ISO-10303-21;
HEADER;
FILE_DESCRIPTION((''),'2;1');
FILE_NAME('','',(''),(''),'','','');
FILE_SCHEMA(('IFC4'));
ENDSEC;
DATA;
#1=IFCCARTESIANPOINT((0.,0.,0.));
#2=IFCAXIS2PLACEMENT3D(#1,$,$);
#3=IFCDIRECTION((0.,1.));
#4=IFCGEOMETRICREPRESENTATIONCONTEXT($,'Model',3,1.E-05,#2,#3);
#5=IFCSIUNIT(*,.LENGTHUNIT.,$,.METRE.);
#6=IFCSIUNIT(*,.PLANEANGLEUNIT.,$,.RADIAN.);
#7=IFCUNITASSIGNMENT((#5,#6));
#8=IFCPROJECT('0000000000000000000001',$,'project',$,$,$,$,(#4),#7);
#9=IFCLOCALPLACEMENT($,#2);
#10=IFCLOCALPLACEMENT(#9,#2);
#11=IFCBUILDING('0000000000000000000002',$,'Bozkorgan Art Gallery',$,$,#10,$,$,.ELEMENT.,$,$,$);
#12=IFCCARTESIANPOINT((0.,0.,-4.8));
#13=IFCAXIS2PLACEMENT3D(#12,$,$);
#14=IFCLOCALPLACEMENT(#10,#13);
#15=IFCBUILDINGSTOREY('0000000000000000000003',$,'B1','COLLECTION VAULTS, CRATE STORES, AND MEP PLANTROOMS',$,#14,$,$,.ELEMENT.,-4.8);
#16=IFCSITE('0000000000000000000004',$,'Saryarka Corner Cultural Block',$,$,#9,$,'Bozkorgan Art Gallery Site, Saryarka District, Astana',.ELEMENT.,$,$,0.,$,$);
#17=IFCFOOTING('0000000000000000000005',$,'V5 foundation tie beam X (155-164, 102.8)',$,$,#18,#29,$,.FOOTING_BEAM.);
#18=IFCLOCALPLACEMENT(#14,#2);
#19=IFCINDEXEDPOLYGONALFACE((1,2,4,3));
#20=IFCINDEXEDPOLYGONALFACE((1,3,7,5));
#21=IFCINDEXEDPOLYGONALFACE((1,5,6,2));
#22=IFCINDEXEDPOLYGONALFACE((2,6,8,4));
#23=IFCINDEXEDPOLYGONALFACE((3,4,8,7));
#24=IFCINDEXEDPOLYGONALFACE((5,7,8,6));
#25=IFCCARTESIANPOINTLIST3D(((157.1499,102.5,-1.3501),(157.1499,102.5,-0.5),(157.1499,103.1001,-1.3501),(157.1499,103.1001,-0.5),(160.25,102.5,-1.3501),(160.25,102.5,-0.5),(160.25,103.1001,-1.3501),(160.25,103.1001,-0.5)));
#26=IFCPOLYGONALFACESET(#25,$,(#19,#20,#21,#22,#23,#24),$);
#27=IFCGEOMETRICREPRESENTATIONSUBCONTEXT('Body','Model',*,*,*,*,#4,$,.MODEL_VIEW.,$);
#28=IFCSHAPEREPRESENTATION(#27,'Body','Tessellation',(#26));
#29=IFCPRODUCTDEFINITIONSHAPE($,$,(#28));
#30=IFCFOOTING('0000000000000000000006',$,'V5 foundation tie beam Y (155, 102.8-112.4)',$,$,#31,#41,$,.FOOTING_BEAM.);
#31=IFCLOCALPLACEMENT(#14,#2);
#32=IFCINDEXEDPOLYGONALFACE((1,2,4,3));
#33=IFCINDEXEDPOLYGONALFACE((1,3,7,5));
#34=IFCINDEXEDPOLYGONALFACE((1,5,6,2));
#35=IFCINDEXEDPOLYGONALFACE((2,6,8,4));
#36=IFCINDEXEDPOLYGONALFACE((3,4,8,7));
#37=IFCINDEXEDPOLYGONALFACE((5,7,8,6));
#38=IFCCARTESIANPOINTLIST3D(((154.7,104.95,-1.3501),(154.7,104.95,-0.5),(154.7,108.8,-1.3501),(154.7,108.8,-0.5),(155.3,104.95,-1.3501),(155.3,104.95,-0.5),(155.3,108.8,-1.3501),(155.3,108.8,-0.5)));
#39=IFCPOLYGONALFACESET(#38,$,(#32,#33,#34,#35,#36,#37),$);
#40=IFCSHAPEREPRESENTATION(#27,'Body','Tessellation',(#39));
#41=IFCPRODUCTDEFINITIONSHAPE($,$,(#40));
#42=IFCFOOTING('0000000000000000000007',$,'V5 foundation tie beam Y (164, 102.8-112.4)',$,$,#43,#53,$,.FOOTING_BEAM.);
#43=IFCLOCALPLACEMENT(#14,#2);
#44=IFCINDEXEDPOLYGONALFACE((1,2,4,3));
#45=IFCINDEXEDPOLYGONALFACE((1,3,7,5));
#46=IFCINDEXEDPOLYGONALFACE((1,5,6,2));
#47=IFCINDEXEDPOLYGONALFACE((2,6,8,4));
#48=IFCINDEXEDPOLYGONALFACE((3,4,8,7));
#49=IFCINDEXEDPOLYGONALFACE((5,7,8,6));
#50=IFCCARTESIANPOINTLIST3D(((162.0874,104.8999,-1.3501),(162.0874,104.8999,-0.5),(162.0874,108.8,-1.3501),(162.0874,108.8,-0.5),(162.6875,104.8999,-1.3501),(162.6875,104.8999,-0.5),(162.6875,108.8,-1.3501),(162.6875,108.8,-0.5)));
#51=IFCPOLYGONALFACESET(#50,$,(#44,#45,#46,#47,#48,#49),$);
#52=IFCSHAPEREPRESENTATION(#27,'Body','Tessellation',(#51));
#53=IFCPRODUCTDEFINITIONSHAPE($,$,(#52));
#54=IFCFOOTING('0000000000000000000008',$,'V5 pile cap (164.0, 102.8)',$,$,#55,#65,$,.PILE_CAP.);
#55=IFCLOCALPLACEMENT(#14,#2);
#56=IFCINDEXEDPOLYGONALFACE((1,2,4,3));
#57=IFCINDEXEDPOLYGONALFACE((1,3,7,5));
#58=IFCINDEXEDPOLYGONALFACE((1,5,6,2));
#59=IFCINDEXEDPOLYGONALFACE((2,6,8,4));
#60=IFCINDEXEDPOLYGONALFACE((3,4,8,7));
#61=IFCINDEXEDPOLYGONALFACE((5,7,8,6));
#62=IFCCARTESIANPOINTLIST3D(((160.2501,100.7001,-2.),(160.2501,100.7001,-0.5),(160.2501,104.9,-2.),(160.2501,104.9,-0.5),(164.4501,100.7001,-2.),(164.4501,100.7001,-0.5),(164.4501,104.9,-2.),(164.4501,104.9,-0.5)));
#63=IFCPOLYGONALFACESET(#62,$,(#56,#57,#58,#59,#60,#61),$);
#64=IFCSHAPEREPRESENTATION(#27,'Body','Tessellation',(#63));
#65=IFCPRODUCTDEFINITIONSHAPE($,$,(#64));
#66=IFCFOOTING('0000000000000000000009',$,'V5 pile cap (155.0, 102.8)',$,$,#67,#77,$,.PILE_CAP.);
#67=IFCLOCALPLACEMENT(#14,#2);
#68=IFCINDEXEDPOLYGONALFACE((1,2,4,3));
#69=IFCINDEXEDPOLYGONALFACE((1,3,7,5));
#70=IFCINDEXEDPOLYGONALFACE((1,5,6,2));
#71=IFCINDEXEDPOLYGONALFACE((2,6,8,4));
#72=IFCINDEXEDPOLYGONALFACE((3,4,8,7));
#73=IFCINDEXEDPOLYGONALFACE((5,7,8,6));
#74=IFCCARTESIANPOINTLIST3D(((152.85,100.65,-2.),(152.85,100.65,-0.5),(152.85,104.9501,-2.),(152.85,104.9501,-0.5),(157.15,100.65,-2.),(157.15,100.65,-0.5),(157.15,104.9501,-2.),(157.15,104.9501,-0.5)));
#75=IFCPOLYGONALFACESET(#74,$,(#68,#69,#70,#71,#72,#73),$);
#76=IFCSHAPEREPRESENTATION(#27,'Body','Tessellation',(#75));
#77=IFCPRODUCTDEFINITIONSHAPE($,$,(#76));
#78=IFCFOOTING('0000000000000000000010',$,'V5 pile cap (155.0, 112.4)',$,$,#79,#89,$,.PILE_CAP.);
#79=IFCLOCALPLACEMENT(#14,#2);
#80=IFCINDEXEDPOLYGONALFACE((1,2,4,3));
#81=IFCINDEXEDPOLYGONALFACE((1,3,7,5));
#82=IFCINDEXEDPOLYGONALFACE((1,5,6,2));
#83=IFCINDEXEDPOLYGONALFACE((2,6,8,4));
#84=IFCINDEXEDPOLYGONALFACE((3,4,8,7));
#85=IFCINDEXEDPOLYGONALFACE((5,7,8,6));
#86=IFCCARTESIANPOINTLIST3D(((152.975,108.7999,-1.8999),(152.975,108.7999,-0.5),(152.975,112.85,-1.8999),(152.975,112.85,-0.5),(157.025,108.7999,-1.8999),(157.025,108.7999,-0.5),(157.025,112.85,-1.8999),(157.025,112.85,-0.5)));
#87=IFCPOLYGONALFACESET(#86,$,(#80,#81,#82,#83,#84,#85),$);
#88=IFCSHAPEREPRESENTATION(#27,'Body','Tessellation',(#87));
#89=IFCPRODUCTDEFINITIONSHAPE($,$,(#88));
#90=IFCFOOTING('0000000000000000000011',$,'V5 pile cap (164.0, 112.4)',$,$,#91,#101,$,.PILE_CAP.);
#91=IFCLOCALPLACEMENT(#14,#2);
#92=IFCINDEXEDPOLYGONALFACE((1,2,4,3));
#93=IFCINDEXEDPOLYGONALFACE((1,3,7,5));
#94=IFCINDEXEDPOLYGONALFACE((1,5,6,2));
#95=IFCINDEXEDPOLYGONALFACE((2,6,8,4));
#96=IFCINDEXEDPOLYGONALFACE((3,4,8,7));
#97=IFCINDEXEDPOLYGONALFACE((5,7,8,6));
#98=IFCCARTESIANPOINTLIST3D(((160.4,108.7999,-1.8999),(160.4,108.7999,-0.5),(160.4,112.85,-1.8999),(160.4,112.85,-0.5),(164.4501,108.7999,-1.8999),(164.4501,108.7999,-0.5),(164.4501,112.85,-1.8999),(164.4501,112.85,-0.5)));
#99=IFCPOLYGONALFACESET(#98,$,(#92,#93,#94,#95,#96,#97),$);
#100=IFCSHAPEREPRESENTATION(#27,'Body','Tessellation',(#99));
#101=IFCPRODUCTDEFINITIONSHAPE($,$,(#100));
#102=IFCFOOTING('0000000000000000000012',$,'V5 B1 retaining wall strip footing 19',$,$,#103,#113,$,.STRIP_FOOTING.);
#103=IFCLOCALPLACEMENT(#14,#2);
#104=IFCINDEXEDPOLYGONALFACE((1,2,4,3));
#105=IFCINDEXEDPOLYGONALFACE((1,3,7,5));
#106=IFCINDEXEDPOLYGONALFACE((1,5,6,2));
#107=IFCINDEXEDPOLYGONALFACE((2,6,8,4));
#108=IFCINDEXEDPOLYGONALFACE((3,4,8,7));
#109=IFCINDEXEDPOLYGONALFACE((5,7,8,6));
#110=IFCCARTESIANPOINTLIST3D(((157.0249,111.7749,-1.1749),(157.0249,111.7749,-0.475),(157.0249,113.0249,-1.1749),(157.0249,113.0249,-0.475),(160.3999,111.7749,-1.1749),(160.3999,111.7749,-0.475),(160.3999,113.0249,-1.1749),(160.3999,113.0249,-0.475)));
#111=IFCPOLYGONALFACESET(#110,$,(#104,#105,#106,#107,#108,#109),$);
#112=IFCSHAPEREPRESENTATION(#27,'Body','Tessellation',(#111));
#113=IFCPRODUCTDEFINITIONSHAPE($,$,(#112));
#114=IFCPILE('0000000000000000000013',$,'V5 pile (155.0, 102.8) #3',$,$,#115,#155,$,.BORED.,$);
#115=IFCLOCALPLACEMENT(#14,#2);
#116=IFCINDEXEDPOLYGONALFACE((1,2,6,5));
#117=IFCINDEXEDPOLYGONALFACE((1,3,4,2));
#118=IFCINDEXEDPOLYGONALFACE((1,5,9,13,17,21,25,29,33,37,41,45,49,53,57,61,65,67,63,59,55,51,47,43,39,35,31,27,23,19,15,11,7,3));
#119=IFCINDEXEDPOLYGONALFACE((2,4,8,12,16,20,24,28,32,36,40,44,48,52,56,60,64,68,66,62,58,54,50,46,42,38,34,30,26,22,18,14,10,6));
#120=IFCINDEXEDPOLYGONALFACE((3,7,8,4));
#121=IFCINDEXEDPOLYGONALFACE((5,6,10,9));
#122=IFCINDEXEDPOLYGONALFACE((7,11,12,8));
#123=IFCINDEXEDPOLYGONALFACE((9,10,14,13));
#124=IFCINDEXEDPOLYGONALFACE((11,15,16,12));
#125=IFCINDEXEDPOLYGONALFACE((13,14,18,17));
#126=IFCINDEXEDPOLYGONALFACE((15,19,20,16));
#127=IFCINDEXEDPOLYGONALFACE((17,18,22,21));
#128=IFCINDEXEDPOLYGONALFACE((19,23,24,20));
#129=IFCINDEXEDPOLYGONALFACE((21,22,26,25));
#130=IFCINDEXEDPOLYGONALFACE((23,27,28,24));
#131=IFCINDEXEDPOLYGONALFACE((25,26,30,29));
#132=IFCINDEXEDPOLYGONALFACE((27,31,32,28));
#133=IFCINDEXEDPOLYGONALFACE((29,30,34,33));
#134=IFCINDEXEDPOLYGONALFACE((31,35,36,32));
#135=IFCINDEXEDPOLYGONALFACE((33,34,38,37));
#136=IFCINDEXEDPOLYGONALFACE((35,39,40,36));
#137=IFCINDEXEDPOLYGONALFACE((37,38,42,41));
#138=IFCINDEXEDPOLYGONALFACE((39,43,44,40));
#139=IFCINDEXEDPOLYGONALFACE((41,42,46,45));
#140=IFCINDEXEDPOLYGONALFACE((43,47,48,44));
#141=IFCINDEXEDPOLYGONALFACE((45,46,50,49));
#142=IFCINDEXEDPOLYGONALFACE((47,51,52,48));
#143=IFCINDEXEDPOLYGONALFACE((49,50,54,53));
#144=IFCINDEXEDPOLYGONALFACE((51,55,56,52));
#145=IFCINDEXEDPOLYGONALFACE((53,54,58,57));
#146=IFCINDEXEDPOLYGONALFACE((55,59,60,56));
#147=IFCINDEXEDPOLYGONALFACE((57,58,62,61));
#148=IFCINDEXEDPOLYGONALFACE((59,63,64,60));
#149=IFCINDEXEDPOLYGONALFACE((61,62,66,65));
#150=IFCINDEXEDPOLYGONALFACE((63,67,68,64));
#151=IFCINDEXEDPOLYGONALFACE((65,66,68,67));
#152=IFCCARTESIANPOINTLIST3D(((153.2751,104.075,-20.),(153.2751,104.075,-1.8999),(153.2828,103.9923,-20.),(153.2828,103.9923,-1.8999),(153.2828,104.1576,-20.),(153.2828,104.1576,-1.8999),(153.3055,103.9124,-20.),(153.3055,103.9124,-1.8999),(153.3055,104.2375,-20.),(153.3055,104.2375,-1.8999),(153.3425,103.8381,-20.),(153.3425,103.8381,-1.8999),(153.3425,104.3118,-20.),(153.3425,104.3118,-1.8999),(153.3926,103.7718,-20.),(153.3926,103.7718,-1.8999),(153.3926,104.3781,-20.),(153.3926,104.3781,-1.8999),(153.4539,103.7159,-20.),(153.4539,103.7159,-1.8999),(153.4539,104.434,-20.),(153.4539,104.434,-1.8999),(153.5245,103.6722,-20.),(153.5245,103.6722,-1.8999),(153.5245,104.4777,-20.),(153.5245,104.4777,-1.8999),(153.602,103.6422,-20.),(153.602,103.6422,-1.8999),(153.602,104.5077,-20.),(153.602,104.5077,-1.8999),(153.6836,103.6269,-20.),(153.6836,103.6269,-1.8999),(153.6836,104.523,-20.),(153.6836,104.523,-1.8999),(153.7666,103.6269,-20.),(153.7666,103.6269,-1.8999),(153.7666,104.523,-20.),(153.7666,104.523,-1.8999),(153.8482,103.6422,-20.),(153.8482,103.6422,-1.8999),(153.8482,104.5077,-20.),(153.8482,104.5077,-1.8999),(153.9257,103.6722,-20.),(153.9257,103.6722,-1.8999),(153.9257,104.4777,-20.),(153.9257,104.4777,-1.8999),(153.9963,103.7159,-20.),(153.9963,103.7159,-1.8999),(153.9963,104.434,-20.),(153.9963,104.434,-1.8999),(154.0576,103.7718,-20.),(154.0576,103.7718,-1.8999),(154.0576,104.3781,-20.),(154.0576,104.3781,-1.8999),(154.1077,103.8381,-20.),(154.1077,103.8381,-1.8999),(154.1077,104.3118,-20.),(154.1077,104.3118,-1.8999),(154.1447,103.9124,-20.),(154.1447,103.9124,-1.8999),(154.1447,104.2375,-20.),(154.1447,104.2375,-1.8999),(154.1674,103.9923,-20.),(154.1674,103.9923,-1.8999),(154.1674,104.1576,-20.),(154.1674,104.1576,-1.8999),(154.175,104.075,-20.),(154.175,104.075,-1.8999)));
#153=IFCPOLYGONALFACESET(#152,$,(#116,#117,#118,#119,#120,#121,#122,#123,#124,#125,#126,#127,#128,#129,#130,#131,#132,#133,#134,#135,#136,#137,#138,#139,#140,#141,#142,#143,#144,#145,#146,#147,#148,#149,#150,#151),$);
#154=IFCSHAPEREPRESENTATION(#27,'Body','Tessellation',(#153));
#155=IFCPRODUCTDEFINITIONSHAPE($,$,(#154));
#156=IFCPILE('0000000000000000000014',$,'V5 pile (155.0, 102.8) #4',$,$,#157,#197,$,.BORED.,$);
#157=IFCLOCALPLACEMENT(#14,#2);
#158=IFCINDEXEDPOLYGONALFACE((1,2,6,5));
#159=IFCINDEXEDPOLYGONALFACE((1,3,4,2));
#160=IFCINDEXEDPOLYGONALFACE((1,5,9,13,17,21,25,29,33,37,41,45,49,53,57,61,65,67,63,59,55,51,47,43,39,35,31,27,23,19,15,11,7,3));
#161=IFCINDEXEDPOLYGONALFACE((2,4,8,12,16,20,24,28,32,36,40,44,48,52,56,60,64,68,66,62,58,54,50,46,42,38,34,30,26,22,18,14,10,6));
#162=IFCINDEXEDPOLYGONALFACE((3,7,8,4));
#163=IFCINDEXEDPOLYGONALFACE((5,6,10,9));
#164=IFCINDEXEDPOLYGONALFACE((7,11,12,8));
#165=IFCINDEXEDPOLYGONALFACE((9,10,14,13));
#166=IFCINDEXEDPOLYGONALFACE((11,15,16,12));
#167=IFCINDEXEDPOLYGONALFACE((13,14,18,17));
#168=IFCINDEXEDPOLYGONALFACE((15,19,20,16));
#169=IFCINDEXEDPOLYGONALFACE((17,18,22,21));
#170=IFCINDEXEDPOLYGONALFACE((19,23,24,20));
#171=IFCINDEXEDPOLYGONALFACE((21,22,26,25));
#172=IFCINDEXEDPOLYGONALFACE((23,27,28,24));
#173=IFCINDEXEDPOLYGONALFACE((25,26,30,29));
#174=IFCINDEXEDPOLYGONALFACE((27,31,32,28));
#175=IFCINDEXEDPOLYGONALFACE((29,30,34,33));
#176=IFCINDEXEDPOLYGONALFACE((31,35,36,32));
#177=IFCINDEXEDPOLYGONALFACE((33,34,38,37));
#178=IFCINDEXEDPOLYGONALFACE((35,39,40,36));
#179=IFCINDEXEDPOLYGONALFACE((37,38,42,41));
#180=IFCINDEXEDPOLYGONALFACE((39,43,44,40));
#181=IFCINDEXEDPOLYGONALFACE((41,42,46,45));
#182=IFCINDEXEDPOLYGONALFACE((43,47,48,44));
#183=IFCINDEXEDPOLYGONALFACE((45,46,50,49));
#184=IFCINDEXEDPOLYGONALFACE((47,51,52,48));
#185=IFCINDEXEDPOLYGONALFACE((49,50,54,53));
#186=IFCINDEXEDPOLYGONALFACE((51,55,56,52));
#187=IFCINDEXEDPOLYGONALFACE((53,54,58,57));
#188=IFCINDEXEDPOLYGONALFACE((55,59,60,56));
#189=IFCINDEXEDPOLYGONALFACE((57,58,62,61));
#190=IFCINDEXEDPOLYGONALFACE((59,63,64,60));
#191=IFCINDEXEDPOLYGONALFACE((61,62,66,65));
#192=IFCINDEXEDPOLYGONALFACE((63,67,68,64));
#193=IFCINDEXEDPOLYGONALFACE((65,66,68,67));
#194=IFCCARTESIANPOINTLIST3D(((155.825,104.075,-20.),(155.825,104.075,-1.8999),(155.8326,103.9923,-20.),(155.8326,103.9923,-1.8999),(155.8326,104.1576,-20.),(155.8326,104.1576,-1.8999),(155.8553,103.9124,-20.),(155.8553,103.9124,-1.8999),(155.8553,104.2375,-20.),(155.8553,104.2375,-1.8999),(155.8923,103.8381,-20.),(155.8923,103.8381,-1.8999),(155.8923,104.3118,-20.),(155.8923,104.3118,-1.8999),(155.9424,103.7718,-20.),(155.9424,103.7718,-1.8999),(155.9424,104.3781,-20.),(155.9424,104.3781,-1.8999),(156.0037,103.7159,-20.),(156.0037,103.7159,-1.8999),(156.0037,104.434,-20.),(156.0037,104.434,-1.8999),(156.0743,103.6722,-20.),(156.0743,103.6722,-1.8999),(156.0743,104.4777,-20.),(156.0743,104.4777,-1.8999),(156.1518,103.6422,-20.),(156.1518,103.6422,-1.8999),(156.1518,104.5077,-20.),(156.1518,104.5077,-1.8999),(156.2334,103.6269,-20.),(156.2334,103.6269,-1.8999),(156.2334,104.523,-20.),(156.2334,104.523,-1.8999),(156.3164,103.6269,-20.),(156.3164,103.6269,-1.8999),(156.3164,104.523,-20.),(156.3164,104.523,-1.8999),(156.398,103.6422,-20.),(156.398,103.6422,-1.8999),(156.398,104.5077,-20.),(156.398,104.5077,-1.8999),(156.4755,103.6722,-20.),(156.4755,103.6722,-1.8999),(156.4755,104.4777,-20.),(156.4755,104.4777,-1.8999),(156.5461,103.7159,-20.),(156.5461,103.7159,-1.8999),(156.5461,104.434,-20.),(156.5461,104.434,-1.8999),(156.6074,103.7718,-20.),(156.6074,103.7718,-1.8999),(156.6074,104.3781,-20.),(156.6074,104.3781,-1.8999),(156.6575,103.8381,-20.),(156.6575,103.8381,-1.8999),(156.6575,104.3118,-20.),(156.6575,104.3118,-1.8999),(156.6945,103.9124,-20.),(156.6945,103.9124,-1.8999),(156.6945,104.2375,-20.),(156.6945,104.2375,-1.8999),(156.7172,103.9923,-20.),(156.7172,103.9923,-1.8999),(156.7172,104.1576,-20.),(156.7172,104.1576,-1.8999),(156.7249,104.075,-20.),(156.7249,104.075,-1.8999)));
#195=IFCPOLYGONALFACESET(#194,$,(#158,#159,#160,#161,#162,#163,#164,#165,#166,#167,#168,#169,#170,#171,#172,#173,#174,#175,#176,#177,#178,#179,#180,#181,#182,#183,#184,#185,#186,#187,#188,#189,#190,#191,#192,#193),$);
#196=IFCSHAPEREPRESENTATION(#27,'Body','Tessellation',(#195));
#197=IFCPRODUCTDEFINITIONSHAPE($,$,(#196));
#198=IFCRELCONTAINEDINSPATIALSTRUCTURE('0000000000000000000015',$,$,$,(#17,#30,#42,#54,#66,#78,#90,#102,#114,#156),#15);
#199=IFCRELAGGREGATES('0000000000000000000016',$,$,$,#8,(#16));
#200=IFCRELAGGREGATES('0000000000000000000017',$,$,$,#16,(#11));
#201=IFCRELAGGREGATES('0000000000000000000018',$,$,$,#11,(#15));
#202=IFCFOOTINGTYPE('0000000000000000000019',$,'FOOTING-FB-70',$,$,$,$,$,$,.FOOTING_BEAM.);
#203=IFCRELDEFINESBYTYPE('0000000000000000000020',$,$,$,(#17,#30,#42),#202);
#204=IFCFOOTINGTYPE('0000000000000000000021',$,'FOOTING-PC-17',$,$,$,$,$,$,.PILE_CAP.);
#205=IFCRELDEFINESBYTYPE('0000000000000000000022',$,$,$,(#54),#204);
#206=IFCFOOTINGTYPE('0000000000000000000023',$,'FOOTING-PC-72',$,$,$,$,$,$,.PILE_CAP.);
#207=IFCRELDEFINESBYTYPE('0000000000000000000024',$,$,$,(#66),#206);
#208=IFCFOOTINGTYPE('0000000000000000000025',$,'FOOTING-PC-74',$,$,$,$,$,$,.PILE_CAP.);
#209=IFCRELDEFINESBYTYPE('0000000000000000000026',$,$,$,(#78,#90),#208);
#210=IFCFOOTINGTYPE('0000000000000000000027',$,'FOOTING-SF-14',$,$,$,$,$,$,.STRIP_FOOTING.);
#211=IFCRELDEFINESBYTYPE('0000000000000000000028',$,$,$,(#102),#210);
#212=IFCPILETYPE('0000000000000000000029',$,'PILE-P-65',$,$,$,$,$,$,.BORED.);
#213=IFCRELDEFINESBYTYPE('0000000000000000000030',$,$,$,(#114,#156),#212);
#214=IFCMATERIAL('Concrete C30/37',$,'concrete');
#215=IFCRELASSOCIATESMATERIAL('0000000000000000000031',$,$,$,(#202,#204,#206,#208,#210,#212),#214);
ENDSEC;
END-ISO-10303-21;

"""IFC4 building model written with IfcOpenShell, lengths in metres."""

from ifc_helpers import new_model, si_unit, direction, frame, origin, origin_2d, place, context, subcontext, project, spatial, rectangle, circle, extrude, material, material_profile, profile_set, type_object, element, save


model = new_model("IFC4")

# Units and contexts
model_context = context("Model", 3, precision=1e-05, world=origin(), true_north=direction((0.0, 1.0)))
body_context = subcontext(model_context, "Body", "Model", "MODEL_VIEW")
ifc_project = project(units=[si_unit("LENGTHUNIT", "METRE"), si_unit("PLANEANGLEUNIT", "RADIAN")], contexts=[model_context])

# Site, building, storey
site_placement = place(None, origin())
site = spatial("IfcSite", under=ifc_project, at=site_placement, Name="Saryarka Corner Cultural Block", LongName="Bozkorgan Art Gallery Site, Saryarka District, Astana", CompositionType="ELEMENT", RefElevation=0.0)
building_placement = place(site_placement, origin())
building = spatial("IfcBuilding", under=site, at=building_placement, Name="Bozkorgan Art Gallery", CompositionType="ELEMENT")
storey_placement = place(building_placement, frame((0.0, 0.0, -4.8)))
storey = spatial("IfcBuildingStorey", under=building, at=storey_placement, Name="B1", Description="COLLECTION VAULTS, CRATE STORES, AND MEP PLANTROOMS", CompositionType="ELEMENT", Elevation=-4.8)

# Footings
ifc_material_1 = material(Name="Concrete C30/37", Category="concrete")
ifc_material_profile_1 = material_profile(ifc_material_1, rectangle(XDim=0.6001, YDim=0.8501, at=origin_2d()), Name="FND 600x850")
ifc_profile_set_1 = profile_set([ifc_material_profile_1], Name="Concrete C30/37")
footing_type_1 = type_object("IfcFootingType", Name="FOOTING-FB-70", PredefinedType="FOOTING_BEAM", material=ifc_profile_set_1)
footing_1_placement = place(storey_placement, frame((157.1499, 102.8, -0.925), z_axis=(1.0, 0.0, 0.0), x_axis=(0.0, 1.0, 0.0)))
element("IfcFooting", 1, at=footing_1_placement, inside=storey, type_object=footing_type_1, Name="V5 foundation tie beam X (155-164, 102.8)", PredefinedType="FOOTING_BEAM", context=body_context, shape_type="SweptSolid", body=[
    extrude(rectangle(XDim=0.6001, YDim=0.8501, at=origin_2d()), origin(), (0.0, 0.0, 1.0), 3.1001),
])
footing_2_placement = place(storey_placement, frame((155.0, 104.95, -0.925), z_axis=(0.0, 1.0, 0.0), x_axis=(-1.0, 0.0, 0.0)))
element("IfcFooting", 2, at=footing_2_placement, inside=storey, type_object=footing_type_1, Name="V5 foundation tie beam Y (155, 102.8-112.4)", PredefinedType="FOOTING_BEAM", context=body_context, shape_type="SweptSolid", body=[
    extrude(rectangle(XDim=0.6001, YDim=0.8501, at=origin_2d()), origin(), (0.0, 0.0, 1.0), 3.8501),
])
footing_3_placement = place(storey_placement, frame((162.3875, 104.8999, -0.925), z_axis=(0.0, 1.0, 0.0), x_axis=(-1.0, 0.0, 0.0)))
element("IfcFooting", 3, at=footing_3_placement, inside=storey, type_object=footing_type_1, Name="V5 foundation tie beam Y (164, 102.8-112.4)", PredefinedType="FOOTING_BEAM", context=body_context, shape_type="SweptSolid", body=[
    extrude(rectangle(XDim=0.6001, YDim=0.8501, at=origin_2d()), origin(), (0.0, 0.0, 1.0), 3.9001),
])
footing_type_2 = type_object("IfcFootingType", Name="FOOTING-PC-17", PredefinedType="PILE_CAP", material=ifc_material_1)
footing_4_placement = place(storey_placement, frame((162.3501, 102.8, -2.0), z_axis=(0.0, 0.0, 1.0), x_axis=(1.0, 0.0, 0.0)))
element("IfcFooting", 4, at=footing_4_placement, inside=storey, type_object=footing_type_2, Name="V5 pile cap (164.0, 102.8)", PredefinedType="PILE_CAP", context=body_context, shape_type="SweptSolid", body=[
    extrude(rectangle(XDim=4.2, YDim=4.2, at=origin_2d()), origin(), (0.0, 0.0, 1.0), 1.5),
])
footing_type_3 = type_object("IfcFootingType", Name="FOOTING-PC-72", PredefinedType="PILE_CAP", material=ifc_material_1)
footing_5_placement = place(storey_placement, frame((155.0, 102.8, -2.0), z_axis=(0.0, 0.0, 1.0), x_axis=(1.0, 0.0, 0.0)))
element("IfcFooting", 5, at=footing_5_placement, inside=storey, type_object=footing_type_3, Name="V5 pile cap (155.0, 102.8)", PredefinedType="PILE_CAP", context=body_context, shape_type="SweptSolid", body=[
    extrude(rectangle(XDim=4.3, YDim=4.3, at=origin_2d()), origin(), (0.0, 0.0, 1.0), 1.5),
])
footing_type_4 = type_object("IfcFootingType", Name="FOOTING-PC-74", PredefinedType="PILE_CAP", material=ifc_material_1)
for number, where, z_axis, x_axis, name in (
    (6, (155.0, 110.825, -1.8999), (0.0, 0.0, 1.0), (1.0, 0.0, 0.0), "V5 pile cap (155.0, 112.4)"),
    (7, (162.425, 110.825, -1.8999), (0.0, 0.0, 1.0), (1.0, 0.0, 0.0), "V5 pile cap (164.0, 112.4)"),
):
    element("IfcFooting", number, at=place(storey_placement, frame(where, z_axis=z_axis, x_axis=x_axis)), inside=storey, type_object=footing_type_4, Name=name, PredefinedType="PILE_CAP", context=body_context, shape_type="SweptSolid", body=[
        extrude(rectangle(XDim=4.05, YDim=4.05, at=origin_2d()), origin(), (0.0, 0.0, 1.0), 1.3999),
    ])
ifc_material_profile_2 = material_profile(ifc_material_1, rectangle(XDim=1.25, YDim=0.7, at=origin_2d()), Name="FND 1250x700")
ifc_profile_set_2 = profile_set([ifc_material_profile_2], Name="Concrete C30/37")
footing_type_5 = type_object("IfcFootingType", Name="FOOTING-SF-14", PredefinedType="STRIP_FOOTING", material=ifc_profile_set_2)
footing_6_placement = place(storey_placement, frame((157.0249, 112.3999, -0.825), z_axis=(1.0, 0.0, 0.0), x_axis=(0.0, 1.0, 0.0)))
element("IfcFooting", 8, at=footing_6_placement, inside=storey, type_object=footing_type_5, Name="V5 B1 retaining wall strip footing 19", PredefinedType="STRIP_FOOTING", context=body_context, shape_type="SweptSolid", body=[
    extrude(rectangle(XDim=1.25, YDim=0.7, at=origin_2d()), origin(), (0.0, 0.0, 1.0), 3.375),
])

# Piles
ifc_material_profile_3 = material_profile(ifc_material_1, circle(Radius=0.45, at=origin_2d()), Name="PILE D900")
ifc_profile_set_3 = profile_set([ifc_material_profile_3], Name="Concrete C30/37")
pile_type = type_object("IfcPileType", Name="PILE-P-65", PredefinedType="BORED", material=ifc_profile_set_3)
for number, where, z_axis, x_axis, name in (
    (9, (153.7251, 104.075, -1.8999), (0.0, 0.0, -1.0), (1.0, 0.0, 0.0), "V5 pile (155.0, 102.8) #3"),
    (10, (156.2749, 104.075, -1.8999), (0.0, 0.0, -1.0), (1.0, 0.0, 0.0), "V5 pile (155.0, 102.8) #4"),
):
    element("IfcPile", number, at=place(storey_placement, frame(where, z_axis=z_axis, x_axis=x_axis)), inside=storey, type_object=pile_type, Name=name, PredefinedType="BORED", context=body_context, shape_type="SweptSolid", body=[
        extrude(circle(Radius=0.45, at=origin_2d()), origin(), (0.0, 0.0, 1.0), 18.1001),
    ])

save(model, "model.ifc")
